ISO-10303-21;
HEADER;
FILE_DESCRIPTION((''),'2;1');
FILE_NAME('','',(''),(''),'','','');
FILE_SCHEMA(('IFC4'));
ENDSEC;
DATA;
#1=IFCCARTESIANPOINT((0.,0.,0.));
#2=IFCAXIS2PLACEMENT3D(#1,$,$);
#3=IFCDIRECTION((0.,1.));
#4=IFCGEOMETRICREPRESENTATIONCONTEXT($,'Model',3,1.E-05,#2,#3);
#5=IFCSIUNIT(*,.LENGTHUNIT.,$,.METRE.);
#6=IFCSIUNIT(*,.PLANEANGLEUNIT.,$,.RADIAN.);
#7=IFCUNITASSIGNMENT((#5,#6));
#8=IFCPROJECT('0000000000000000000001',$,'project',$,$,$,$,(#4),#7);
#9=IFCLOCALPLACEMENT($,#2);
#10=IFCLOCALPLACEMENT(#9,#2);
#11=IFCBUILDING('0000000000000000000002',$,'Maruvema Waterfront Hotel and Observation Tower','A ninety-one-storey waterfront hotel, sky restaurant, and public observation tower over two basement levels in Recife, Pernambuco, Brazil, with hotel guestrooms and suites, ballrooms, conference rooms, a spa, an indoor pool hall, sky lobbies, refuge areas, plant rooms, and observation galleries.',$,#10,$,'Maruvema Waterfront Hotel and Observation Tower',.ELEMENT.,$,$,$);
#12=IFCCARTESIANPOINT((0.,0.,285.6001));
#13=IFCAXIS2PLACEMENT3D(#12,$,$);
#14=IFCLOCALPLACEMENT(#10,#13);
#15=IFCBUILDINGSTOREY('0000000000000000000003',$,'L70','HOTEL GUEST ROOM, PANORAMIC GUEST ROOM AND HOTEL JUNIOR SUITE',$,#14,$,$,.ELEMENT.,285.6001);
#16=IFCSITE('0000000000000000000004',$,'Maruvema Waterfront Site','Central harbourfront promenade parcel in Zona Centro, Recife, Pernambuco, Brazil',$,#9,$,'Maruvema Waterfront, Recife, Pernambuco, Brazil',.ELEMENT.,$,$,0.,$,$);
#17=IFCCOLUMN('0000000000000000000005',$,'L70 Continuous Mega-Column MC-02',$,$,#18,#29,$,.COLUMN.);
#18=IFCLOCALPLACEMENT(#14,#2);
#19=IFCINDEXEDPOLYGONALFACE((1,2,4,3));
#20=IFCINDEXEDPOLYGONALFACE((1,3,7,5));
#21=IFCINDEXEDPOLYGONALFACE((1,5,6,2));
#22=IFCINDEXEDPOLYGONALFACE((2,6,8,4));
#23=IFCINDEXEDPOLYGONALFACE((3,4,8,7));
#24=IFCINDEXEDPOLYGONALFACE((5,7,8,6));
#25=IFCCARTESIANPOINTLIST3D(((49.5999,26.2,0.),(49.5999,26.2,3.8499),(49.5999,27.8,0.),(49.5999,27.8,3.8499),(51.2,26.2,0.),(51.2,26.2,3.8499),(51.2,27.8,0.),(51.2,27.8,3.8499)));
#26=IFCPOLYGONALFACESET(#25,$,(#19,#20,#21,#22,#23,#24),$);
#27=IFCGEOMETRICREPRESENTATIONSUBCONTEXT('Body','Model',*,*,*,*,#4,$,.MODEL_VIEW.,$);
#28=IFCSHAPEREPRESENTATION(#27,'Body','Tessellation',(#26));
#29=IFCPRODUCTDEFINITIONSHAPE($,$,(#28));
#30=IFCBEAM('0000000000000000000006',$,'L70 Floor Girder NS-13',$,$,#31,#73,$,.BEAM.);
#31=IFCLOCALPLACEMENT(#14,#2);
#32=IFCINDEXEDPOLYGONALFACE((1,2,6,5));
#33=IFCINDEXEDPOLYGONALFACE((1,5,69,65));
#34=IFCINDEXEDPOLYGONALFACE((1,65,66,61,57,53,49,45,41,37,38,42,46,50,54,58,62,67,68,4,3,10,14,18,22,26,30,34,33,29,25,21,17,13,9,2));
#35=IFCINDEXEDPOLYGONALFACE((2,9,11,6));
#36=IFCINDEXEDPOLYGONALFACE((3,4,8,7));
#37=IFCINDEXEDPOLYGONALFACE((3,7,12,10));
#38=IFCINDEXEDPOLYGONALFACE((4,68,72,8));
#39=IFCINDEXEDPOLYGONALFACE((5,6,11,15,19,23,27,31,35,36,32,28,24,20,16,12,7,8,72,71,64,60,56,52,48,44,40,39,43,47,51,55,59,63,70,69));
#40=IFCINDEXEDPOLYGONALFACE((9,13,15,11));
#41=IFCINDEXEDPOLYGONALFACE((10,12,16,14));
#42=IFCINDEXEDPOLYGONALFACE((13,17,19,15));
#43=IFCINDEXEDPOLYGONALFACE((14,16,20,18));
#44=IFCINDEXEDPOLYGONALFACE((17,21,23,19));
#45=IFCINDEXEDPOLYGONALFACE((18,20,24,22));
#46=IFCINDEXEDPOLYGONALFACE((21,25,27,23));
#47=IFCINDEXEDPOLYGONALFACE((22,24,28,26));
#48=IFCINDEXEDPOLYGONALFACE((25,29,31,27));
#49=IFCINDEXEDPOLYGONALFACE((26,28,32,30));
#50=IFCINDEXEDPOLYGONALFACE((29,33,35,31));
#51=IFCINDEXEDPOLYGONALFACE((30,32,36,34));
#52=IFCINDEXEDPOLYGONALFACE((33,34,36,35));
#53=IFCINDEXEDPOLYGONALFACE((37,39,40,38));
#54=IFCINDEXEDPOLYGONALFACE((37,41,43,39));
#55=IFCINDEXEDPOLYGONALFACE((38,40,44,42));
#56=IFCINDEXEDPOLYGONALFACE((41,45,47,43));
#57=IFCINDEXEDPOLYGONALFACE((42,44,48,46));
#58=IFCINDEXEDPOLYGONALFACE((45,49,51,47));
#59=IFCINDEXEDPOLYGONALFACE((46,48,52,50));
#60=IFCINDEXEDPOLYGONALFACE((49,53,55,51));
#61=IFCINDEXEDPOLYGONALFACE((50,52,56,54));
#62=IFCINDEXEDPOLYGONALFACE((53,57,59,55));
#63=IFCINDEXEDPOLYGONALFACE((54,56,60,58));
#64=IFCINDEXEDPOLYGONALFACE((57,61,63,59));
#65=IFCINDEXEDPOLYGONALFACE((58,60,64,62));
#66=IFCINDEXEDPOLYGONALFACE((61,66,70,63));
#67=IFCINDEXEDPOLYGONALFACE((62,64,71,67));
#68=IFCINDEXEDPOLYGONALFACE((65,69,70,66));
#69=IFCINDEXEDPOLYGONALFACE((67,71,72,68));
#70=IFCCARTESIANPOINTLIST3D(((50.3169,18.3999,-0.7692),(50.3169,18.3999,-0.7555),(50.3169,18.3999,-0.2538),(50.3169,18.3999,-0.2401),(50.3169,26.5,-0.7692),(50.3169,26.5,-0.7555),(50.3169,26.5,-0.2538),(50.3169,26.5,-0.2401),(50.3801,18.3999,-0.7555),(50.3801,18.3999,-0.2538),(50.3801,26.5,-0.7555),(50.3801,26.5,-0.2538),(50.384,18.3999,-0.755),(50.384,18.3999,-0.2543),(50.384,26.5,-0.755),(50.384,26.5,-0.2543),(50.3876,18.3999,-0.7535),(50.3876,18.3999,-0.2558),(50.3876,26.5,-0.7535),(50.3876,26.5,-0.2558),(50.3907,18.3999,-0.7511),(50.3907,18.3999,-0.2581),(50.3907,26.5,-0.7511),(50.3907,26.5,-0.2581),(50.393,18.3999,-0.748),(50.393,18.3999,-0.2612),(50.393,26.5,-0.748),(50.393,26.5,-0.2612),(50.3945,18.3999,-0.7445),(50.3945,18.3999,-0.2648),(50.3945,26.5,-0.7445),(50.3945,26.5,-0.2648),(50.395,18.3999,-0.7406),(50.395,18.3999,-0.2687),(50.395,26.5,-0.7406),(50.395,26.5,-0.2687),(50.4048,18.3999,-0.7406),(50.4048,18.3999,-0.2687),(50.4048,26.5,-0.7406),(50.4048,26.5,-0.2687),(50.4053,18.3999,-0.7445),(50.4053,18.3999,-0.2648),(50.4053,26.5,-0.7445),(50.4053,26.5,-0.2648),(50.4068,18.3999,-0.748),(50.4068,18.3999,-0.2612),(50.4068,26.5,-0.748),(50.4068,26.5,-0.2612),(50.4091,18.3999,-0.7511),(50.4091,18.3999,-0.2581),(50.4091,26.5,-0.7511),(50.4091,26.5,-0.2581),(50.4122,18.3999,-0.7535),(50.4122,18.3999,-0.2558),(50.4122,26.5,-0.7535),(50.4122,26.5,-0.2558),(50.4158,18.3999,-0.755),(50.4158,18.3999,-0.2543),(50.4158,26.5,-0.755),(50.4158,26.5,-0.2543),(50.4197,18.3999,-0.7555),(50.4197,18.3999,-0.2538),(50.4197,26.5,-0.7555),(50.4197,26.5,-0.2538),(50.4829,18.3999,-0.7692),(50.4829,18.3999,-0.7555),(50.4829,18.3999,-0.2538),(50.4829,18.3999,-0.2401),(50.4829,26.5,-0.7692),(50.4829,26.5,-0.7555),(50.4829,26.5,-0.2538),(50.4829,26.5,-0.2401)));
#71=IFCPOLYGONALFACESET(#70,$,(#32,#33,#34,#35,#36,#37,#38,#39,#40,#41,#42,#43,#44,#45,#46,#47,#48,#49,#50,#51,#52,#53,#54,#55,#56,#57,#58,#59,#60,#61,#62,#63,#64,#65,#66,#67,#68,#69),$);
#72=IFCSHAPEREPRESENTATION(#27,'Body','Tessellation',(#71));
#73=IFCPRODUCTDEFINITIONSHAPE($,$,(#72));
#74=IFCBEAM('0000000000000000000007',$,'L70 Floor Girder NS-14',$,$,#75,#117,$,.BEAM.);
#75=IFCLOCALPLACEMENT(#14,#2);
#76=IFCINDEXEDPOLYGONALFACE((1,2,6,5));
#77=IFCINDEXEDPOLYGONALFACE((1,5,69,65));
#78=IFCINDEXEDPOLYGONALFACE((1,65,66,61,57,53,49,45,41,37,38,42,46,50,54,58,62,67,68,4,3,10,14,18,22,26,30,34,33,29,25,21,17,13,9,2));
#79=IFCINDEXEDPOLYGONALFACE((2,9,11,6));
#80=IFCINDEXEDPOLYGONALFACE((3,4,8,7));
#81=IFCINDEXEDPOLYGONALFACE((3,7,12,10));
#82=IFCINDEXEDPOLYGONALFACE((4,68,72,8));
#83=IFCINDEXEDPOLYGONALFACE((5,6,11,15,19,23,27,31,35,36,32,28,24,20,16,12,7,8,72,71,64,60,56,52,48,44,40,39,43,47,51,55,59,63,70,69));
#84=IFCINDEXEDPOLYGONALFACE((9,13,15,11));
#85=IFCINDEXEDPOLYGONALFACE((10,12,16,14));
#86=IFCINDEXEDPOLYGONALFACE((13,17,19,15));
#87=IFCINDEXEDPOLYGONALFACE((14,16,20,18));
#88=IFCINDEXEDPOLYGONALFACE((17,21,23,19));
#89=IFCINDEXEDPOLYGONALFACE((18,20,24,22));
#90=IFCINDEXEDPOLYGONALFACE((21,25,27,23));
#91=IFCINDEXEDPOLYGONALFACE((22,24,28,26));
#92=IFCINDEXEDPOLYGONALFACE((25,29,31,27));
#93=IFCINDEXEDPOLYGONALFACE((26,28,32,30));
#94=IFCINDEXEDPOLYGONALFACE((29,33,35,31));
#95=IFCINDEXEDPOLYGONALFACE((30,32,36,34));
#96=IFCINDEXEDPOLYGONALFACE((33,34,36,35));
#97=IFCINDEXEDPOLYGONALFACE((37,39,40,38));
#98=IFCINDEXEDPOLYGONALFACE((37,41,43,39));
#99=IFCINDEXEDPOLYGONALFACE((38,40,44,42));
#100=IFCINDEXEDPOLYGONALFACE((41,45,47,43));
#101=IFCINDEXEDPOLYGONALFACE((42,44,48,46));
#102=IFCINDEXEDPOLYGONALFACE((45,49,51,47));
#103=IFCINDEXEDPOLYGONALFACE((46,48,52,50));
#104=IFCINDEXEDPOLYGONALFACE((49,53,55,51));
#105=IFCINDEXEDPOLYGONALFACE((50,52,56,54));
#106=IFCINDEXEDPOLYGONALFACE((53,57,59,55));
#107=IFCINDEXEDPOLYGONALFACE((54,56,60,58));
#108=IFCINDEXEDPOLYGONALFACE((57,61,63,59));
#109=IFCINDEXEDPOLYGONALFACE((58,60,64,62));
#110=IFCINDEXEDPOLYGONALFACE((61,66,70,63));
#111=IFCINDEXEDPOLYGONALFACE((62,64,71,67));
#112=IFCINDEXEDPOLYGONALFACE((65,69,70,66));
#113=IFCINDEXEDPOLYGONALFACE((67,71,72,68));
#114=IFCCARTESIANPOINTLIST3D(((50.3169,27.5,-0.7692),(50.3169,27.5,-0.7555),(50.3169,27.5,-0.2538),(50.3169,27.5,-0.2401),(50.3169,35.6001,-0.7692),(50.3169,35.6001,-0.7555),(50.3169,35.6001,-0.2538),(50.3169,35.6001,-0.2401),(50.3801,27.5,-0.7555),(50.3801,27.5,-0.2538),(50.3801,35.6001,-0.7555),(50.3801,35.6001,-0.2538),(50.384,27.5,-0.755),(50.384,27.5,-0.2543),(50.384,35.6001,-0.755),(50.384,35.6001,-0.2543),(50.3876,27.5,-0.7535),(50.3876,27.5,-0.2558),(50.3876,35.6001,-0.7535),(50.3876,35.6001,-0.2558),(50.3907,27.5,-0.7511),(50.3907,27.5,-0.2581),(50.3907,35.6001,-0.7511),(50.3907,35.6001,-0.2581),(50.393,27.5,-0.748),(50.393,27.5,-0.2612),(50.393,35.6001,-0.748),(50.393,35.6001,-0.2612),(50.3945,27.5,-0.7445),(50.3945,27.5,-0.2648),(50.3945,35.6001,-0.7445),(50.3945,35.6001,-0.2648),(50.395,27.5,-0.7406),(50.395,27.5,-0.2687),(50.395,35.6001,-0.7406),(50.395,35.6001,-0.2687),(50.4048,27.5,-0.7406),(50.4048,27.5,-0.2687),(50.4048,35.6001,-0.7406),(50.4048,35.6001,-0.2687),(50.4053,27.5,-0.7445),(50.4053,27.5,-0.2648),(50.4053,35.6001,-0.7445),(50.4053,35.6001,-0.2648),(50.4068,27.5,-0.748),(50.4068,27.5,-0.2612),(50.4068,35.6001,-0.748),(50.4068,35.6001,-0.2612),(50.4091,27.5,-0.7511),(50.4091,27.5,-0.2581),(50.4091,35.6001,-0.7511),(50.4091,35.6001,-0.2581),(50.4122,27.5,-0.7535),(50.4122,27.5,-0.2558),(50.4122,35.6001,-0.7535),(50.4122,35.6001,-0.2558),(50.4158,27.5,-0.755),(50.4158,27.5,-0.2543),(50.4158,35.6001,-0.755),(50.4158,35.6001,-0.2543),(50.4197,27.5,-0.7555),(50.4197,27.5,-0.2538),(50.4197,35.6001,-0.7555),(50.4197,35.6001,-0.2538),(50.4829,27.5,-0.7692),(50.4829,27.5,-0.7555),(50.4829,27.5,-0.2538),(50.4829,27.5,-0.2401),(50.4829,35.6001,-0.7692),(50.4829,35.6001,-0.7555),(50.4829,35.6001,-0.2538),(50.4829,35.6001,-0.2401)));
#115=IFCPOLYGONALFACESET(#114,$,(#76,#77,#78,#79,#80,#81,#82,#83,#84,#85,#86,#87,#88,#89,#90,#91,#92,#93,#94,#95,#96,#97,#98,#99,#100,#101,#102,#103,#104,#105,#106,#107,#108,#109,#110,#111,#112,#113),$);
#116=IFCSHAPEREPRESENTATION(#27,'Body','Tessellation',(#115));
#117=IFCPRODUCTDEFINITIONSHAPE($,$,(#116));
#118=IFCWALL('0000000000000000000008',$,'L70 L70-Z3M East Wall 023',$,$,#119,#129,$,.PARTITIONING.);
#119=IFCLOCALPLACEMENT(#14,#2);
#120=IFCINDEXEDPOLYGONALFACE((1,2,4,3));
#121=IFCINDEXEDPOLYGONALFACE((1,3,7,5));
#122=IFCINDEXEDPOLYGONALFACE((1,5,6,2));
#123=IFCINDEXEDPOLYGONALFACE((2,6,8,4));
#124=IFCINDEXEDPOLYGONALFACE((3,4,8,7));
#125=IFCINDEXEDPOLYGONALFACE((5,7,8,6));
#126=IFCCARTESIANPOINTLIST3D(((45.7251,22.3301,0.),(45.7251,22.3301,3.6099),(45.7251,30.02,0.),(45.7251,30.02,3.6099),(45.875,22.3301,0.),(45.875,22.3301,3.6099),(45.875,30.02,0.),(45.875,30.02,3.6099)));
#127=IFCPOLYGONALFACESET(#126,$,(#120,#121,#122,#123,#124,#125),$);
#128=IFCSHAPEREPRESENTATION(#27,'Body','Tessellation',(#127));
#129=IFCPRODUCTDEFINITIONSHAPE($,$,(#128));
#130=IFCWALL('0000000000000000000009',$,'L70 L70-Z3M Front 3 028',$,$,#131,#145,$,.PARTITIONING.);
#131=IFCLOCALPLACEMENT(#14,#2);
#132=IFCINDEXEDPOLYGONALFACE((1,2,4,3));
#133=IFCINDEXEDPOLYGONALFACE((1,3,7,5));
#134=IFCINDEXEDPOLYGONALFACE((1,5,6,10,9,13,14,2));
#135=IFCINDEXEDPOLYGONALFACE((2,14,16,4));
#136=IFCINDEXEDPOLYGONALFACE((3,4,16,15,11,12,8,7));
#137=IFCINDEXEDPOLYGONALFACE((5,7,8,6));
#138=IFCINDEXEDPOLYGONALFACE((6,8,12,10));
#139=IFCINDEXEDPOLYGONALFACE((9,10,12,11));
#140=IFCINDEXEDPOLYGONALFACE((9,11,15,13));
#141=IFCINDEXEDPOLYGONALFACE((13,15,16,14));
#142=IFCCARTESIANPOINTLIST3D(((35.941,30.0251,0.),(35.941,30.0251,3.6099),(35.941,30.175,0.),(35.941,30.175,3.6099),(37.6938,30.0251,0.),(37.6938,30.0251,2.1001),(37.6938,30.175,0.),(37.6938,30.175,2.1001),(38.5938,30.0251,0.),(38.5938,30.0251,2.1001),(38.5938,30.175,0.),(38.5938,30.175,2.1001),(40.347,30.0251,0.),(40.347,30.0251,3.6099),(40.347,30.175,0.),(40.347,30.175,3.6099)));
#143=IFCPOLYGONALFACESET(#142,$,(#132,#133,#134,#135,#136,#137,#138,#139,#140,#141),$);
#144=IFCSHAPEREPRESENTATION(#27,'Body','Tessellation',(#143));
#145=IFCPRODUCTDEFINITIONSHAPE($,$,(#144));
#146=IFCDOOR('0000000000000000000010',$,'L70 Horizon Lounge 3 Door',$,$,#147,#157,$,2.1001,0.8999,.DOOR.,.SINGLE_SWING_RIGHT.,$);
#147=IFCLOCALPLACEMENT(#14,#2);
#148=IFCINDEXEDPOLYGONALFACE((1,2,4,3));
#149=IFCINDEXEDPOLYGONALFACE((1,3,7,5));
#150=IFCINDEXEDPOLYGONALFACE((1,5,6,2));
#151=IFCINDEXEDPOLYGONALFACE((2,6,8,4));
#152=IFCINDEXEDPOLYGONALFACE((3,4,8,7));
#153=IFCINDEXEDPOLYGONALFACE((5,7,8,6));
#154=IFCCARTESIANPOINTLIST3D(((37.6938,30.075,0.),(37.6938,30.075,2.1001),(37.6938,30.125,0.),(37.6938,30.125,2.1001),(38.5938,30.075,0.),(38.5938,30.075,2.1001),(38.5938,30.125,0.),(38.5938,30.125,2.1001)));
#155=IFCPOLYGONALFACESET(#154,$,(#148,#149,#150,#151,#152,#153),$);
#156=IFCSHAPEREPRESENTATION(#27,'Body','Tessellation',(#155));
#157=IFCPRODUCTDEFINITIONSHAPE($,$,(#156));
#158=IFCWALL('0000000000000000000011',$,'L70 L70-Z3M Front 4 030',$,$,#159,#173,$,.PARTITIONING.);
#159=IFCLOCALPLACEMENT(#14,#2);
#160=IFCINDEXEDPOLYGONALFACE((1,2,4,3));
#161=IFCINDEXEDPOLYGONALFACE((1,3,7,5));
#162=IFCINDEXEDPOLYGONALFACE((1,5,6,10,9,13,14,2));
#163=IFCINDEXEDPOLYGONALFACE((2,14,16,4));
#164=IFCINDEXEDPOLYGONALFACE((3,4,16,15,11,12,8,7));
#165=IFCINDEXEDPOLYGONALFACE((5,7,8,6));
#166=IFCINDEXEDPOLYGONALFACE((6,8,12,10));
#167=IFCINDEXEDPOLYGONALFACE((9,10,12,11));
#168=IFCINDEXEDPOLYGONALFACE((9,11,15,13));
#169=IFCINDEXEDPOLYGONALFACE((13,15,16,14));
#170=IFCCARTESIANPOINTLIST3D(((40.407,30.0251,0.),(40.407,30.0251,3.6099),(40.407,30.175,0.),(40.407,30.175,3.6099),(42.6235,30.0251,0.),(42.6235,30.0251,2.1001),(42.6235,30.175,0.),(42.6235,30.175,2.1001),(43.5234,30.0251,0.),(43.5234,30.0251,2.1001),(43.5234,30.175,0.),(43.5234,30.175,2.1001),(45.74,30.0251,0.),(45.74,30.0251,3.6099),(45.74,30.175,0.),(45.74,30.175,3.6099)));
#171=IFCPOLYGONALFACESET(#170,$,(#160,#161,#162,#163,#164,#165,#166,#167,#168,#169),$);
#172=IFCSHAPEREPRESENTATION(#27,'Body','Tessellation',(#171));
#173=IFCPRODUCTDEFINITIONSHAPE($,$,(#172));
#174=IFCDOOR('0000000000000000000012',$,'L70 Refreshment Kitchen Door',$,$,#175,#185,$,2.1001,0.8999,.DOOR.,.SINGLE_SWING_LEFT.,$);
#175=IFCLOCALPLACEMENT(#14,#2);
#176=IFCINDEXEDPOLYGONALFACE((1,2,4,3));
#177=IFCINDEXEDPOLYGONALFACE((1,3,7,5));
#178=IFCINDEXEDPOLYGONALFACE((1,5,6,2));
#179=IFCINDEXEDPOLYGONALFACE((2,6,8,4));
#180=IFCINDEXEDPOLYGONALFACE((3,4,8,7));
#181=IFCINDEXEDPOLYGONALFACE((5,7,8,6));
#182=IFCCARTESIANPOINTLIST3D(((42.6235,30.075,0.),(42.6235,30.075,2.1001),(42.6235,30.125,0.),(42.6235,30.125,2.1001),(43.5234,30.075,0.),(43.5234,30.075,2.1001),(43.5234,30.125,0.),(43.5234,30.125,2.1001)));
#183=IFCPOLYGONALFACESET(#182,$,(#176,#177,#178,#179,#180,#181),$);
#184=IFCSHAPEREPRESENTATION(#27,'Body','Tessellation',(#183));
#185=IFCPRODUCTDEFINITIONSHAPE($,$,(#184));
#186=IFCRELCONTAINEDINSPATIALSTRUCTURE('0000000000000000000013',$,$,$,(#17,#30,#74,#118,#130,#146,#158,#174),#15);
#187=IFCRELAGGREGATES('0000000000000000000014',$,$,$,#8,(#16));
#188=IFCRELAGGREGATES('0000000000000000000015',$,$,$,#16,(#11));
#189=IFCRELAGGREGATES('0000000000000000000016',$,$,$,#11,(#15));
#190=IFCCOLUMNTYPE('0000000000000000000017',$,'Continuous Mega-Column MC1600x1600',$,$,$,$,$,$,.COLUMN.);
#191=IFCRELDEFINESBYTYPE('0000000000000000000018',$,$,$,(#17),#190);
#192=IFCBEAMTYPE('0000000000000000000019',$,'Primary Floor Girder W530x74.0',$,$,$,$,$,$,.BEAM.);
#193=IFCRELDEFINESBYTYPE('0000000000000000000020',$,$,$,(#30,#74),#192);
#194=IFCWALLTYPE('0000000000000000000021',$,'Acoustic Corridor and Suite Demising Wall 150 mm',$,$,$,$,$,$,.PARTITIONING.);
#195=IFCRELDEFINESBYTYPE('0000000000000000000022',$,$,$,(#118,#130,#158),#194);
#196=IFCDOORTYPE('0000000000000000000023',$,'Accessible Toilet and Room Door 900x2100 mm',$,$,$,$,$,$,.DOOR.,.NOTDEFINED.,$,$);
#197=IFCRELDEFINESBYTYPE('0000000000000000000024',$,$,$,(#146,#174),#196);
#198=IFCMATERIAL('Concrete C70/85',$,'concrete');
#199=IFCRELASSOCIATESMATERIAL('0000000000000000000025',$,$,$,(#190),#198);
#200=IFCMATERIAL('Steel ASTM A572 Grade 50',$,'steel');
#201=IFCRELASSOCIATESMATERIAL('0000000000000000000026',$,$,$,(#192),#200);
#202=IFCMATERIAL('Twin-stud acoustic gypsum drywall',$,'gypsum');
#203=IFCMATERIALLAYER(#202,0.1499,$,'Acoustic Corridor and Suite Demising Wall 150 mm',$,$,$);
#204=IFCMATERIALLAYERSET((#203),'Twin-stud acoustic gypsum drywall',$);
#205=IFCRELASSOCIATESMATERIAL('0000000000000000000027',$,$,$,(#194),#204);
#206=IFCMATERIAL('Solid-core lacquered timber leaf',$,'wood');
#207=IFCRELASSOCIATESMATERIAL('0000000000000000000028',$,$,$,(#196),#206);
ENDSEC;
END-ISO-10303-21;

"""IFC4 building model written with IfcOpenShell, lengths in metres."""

from ifc_helpers import new_model, si_unit, direction, frame, frame_2d, origin, origin_2d, place, context, subcontext, project, spatial, rectangle, i_section, extrude, material, layer, layer_set, material_profile, profile_set, type_object, element, fill, save


model = new_model("IFC4")

# Units and contexts
model_context = context("Model", 3, precision=1e-05, world=origin(), true_north=direction((0.0, 1.0)))
body_context = subcontext(model_context, "Body", "Model", "MODEL_VIEW")
ifc_project = project(units=[si_unit("LENGTHUNIT", "METRE"), si_unit("PLANEANGLEUNIT", "RADIAN")], contexts=[model_context])

# Site, building, storey
site_placement = place(None, origin())
site = spatial("IfcSite", under=ifc_project, at=site_placement, Name="Maruvema Waterfront Site", Description="Central harbourfront promenade parcel in Zona Centro, Recife, Pernambuco, Brazil", LongName="Maruvema Waterfront, Recife, Pernambuco, Brazil", CompositionType="ELEMENT", RefElevation=0.0)
building_placement = place(site_placement, origin())
building = spatial("IfcBuilding", under=site, at=building_placement, Name="Maruvema Waterfront Hotel and Observation Tower", Description="A ninety-one-storey waterfront hotel, sky restaurant, and public observation tower over two basement levels in Recife, Pernambuco, Brazil, with hotel guestrooms and suites, ballrooms, conference rooms, a spa, an indoor pool hall, sky lobbies, refuge areas, plant rooms, and observation galleries.", LongName="Maruvema Waterfront Hotel and Observation Tower", CompositionType="ELEMENT")
storey_placement = place(building_placement, frame((0.0, 0.0, 285.6001)))
storey = spatial("IfcBuildingStorey", under=building, at=storey_placement, Name="L70", Description="HOTEL GUEST ROOM, PANORAMIC GUEST ROOM AND HOTEL JUNIOR SUITE", CompositionType="ELEMENT", Elevation=285.6001)

# Column
ifc_material_1 = material(Name="Concrete C70/85", Category="concrete")
ifc_material_profile_1 = material_profile(ifc_material_1, rectangle(XDim=1.6001, YDim=1.6001, at=origin_2d()), Name="MC1600x1600")
ifc_profile_set_1 = profile_set([ifc_material_profile_1], Name="Concrete C70/85")
column_type = type_object("IfcColumnType", Name="Continuous Mega-Column MC1600x1600", PredefinedType="COLUMN", material=ifc_profile_set_1)
column_placement = place(storey_placement, frame((50.3999, 27.0, 0.0), z_axis=(0.0, 0.0, 1.0), x_axis=(1.0, 0.0, 0.0)))
element("IfcColumn", 1, at=column_placement, inside=storey, type_object=column_type, Name="L70 Continuous Mega-Column MC-02", PredefinedType="COLUMN", context=body_context, shape_type="SweptSolid", body=[
    extrude(rectangle(XDim=1.6001, YDim=1.6001, at=origin_2d()), origin(), (0.0, 0.0, 1.0), 3.8499),
])

# Beams
ifc_material_2 = material(Name="Steel ASTM A572 Grade 50", Category="steel")
ifc_material_profile_2 = material_profile(ifc_material_2, i_section(OverallWidth=0.166, OverallDepth=0.5291, WebThickness=0.0098, FlangeThickness=0.0137, FilletRadius=0.0149, at=origin_2d()), Name="W530x74.0")
ifc_profile_set_2 = profile_set([ifc_material_profile_2], Name="Steel ASTM A572 Grade 50")
beam_type = type_object("IfcBeamType", Name="Primary Floor Girder W530x74.0", PredefinedType="BEAM", material=ifc_profile_set_2)
for number, where, z_axis, x_axis, name in (
    (2, (50.3999, 18.3999, -0.5046), (0.0, 1.0, 0.0), (-1.0, 0.0, 0.0), "L70 Floor Girder NS-13"),
    (3, (50.3999, 27.5, -0.5046), (0.0, 1.0, 0.0), (-1.0, 0.0, 0.0), "L70 Floor Girder NS-14"),
):
    element("IfcBeam", number, at=place(storey_placement, frame(where, z_axis=z_axis, x_axis=x_axis)), inside=storey, type_object=beam_type, Name=name, PredefinedType="BEAM", context=body_context, shape_type="SweptSolid", body=[
        extrude(i_section(OverallWidth=0.166, OverallDepth=0.5291, WebThickness=0.0098, FlangeThickness=0.0137, FilletRadius=0.0149, at=origin_2d()), origin(), (0.0, 0.0, 1.0), 8.1001),
    ])

# Wall
ifc_material_3 = material(Name="Twin-stud acoustic gypsum drywall", Category="gypsum")
ifc_layer_1 = layer(ifc_material_3, 0.1499, Name="Acoustic Corridor and Suite Demising Wall 150 mm")
ifc_layer_set_1 = layer_set([ifc_layer_1], Name="Twin-stud acoustic gypsum drywall")
wall_type_1 = type_object("IfcWallType", Name="Acoustic Corridor and Suite Demising Wall 150 mm", PredefinedType="PARTITIONING", material=ifc_layer_set_1)
wall_1_placement = place(storey_placement, frame((45.8, 22.3301, 0.0), z_axis=(0.0, 0.0, 1.0), x_axis=(0.0, 1.0, 0.0)))
element("IfcWall", 4, at=wall_1_placement, inside=storey, type_object=wall_type_1, Name="L70 L70-Z3M East Wall 023", PredefinedType="PARTITIONING", context=body_context, shape_type="SweptSolid", body=[
    extrude(rectangle(XDim=7.6899, YDim=0.1499, at=frame_2d((3.845, 0.0))), origin(), (0.0, 0.0, 1.0), 3.6099),
])

# Walls, openings, doors
wall_2_placement = place(storey_placement, frame((35.9409, 30.1001, 0.0), z_axis=(0.0, 0.0, 1.0), x_axis=(1.0, 0.0, 0.0)))
wall_2 = element("IfcWall", 5, at=wall_2_placement, inside=storey, type_object=wall_type_1, Name="L70 L70-Z3M Front 3 028", PredefinedType="PARTITIONING", context=body_context, shape_type="SweptSolid", body=[
    extrude(rectangle(XDim=4.406, YDim=0.1499, at=frame_2d((2.2031, 0.0))), origin(), (0.0, 0.0, 1.0), 3.6099),
])
opening_1_placement = place(wall_2_placement, frame((1.7529, 0.0, 0.0)))
opening_1 = element("IfcOpeningElement", 6, at=opening_1_placement, cuts=wall_2, PredefinedType="OPENING", context=body_context, shape_type="SweptSolid", body=[
    extrude(rectangle(XDim=0.8999, YDim=2.1001, at=frame_2d((0.45, 1.05))), frame((0.0, 0.085, 0.0), z_axis=(0.0, -1.0, 0.0), x_axis=(1.0, 0.0, 0.0)), (0.0, 0.0, 1.0), 0.1699),
])
ifc_material_4 = material(Name="Solid-core lacquered timber leaf", Category="wood")
door_type_1 = type_object("IfcDoorType", Name="Accessible Toilet and Room Door 900x2100 mm", OperationType="NOTDEFINED", PredefinedType="DOOR", material=ifc_material_4)
door_1_placement = place(opening_1_placement, origin())
door_1 = element("IfcDoor", 7, at=door_1_placement, inside=storey, type_object=door_type_1, Name="L70 Horizon Lounge 3 Door", OperationType="SINGLE_SWING_RIGHT", OverallHeight=2.1001, OverallWidth=0.8999, PredefinedType="DOOR", context=body_context, shape_type="SweptSolid", body=[
    extrude(rectangle(XDim=0.8999, YDim=2.1001, at=frame_2d((0.45, 1.05))), frame((0.0, 0.0249, 0.0), z_axis=(0.0, -1.0, 0.0), x_axis=(1.0, 0.0, 0.0)), (0.0, 0.0, 1.0), 0.05),
])
fill(opening_1, door_1)
wall_3_placement = place(storey_placement, frame((40.407, 30.1001, 0.0), z_axis=(0.0, 0.0, 1.0), x_axis=(1.0, 0.0, 0.0)))
wall_3 = element("IfcWall", 8, at=wall_3_placement, inside=storey, type_object=wall_type_1, Name="L70 L70-Z3M Front 4 030", PredefinedType="PARTITIONING", context=body_context, shape_type="SweptSolid", body=[
    extrude(rectangle(XDim=5.333, YDim=0.1499, at=frame_2d((2.6665, 0.0))), origin(), (0.0, 0.0, 1.0), 3.6099),
])
opening_2_placement = place(wall_3_placement, frame((2.2166, 0.0, 0.0)))
opening_2 = element("IfcOpeningElement", 9, at=opening_2_placement, cuts=wall_3, PredefinedType="OPENING", context=body_context, shape_type="SweptSolid", body=[
    extrude(rectangle(XDim=0.8999, YDim=2.1001, at=frame_2d((0.45, 1.05))), frame((0.0, 0.085, 0.0), z_axis=(0.0, -1.0, 0.0), x_axis=(1.0, 0.0, 0.0)), (0.0, 0.0, 1.0), 0.1699),
])
door_2_placement = place(opening_2_placement, origin())
door_2 = element("IfcDoor", 10, at=door_2_placement, inside=storey, type_object=door_type_1, Name="L70 Refreshment Kitchen Door", OperationType="SINGLE_SWING_LEFT", OverallHeight=2.1001, OverallWidth=0.8999, PredefinedType="DOOR", context=body_context, shape_type="SweptSolid", body=[
    extrude(rectangle(XDim=0.8999, YDim=2.1001, at=frame_2d((0.45, 1.05))), frame((0.0, 0.0249, 0.0), z_axis=(0.0, -1.0, 0.0), x_axis=(1.0, 0.0, 0.0)), (0.0, 0.0, 1.0), 0.05),
])
fill(opening_2, door_2)

save(model, "model.ifc")
